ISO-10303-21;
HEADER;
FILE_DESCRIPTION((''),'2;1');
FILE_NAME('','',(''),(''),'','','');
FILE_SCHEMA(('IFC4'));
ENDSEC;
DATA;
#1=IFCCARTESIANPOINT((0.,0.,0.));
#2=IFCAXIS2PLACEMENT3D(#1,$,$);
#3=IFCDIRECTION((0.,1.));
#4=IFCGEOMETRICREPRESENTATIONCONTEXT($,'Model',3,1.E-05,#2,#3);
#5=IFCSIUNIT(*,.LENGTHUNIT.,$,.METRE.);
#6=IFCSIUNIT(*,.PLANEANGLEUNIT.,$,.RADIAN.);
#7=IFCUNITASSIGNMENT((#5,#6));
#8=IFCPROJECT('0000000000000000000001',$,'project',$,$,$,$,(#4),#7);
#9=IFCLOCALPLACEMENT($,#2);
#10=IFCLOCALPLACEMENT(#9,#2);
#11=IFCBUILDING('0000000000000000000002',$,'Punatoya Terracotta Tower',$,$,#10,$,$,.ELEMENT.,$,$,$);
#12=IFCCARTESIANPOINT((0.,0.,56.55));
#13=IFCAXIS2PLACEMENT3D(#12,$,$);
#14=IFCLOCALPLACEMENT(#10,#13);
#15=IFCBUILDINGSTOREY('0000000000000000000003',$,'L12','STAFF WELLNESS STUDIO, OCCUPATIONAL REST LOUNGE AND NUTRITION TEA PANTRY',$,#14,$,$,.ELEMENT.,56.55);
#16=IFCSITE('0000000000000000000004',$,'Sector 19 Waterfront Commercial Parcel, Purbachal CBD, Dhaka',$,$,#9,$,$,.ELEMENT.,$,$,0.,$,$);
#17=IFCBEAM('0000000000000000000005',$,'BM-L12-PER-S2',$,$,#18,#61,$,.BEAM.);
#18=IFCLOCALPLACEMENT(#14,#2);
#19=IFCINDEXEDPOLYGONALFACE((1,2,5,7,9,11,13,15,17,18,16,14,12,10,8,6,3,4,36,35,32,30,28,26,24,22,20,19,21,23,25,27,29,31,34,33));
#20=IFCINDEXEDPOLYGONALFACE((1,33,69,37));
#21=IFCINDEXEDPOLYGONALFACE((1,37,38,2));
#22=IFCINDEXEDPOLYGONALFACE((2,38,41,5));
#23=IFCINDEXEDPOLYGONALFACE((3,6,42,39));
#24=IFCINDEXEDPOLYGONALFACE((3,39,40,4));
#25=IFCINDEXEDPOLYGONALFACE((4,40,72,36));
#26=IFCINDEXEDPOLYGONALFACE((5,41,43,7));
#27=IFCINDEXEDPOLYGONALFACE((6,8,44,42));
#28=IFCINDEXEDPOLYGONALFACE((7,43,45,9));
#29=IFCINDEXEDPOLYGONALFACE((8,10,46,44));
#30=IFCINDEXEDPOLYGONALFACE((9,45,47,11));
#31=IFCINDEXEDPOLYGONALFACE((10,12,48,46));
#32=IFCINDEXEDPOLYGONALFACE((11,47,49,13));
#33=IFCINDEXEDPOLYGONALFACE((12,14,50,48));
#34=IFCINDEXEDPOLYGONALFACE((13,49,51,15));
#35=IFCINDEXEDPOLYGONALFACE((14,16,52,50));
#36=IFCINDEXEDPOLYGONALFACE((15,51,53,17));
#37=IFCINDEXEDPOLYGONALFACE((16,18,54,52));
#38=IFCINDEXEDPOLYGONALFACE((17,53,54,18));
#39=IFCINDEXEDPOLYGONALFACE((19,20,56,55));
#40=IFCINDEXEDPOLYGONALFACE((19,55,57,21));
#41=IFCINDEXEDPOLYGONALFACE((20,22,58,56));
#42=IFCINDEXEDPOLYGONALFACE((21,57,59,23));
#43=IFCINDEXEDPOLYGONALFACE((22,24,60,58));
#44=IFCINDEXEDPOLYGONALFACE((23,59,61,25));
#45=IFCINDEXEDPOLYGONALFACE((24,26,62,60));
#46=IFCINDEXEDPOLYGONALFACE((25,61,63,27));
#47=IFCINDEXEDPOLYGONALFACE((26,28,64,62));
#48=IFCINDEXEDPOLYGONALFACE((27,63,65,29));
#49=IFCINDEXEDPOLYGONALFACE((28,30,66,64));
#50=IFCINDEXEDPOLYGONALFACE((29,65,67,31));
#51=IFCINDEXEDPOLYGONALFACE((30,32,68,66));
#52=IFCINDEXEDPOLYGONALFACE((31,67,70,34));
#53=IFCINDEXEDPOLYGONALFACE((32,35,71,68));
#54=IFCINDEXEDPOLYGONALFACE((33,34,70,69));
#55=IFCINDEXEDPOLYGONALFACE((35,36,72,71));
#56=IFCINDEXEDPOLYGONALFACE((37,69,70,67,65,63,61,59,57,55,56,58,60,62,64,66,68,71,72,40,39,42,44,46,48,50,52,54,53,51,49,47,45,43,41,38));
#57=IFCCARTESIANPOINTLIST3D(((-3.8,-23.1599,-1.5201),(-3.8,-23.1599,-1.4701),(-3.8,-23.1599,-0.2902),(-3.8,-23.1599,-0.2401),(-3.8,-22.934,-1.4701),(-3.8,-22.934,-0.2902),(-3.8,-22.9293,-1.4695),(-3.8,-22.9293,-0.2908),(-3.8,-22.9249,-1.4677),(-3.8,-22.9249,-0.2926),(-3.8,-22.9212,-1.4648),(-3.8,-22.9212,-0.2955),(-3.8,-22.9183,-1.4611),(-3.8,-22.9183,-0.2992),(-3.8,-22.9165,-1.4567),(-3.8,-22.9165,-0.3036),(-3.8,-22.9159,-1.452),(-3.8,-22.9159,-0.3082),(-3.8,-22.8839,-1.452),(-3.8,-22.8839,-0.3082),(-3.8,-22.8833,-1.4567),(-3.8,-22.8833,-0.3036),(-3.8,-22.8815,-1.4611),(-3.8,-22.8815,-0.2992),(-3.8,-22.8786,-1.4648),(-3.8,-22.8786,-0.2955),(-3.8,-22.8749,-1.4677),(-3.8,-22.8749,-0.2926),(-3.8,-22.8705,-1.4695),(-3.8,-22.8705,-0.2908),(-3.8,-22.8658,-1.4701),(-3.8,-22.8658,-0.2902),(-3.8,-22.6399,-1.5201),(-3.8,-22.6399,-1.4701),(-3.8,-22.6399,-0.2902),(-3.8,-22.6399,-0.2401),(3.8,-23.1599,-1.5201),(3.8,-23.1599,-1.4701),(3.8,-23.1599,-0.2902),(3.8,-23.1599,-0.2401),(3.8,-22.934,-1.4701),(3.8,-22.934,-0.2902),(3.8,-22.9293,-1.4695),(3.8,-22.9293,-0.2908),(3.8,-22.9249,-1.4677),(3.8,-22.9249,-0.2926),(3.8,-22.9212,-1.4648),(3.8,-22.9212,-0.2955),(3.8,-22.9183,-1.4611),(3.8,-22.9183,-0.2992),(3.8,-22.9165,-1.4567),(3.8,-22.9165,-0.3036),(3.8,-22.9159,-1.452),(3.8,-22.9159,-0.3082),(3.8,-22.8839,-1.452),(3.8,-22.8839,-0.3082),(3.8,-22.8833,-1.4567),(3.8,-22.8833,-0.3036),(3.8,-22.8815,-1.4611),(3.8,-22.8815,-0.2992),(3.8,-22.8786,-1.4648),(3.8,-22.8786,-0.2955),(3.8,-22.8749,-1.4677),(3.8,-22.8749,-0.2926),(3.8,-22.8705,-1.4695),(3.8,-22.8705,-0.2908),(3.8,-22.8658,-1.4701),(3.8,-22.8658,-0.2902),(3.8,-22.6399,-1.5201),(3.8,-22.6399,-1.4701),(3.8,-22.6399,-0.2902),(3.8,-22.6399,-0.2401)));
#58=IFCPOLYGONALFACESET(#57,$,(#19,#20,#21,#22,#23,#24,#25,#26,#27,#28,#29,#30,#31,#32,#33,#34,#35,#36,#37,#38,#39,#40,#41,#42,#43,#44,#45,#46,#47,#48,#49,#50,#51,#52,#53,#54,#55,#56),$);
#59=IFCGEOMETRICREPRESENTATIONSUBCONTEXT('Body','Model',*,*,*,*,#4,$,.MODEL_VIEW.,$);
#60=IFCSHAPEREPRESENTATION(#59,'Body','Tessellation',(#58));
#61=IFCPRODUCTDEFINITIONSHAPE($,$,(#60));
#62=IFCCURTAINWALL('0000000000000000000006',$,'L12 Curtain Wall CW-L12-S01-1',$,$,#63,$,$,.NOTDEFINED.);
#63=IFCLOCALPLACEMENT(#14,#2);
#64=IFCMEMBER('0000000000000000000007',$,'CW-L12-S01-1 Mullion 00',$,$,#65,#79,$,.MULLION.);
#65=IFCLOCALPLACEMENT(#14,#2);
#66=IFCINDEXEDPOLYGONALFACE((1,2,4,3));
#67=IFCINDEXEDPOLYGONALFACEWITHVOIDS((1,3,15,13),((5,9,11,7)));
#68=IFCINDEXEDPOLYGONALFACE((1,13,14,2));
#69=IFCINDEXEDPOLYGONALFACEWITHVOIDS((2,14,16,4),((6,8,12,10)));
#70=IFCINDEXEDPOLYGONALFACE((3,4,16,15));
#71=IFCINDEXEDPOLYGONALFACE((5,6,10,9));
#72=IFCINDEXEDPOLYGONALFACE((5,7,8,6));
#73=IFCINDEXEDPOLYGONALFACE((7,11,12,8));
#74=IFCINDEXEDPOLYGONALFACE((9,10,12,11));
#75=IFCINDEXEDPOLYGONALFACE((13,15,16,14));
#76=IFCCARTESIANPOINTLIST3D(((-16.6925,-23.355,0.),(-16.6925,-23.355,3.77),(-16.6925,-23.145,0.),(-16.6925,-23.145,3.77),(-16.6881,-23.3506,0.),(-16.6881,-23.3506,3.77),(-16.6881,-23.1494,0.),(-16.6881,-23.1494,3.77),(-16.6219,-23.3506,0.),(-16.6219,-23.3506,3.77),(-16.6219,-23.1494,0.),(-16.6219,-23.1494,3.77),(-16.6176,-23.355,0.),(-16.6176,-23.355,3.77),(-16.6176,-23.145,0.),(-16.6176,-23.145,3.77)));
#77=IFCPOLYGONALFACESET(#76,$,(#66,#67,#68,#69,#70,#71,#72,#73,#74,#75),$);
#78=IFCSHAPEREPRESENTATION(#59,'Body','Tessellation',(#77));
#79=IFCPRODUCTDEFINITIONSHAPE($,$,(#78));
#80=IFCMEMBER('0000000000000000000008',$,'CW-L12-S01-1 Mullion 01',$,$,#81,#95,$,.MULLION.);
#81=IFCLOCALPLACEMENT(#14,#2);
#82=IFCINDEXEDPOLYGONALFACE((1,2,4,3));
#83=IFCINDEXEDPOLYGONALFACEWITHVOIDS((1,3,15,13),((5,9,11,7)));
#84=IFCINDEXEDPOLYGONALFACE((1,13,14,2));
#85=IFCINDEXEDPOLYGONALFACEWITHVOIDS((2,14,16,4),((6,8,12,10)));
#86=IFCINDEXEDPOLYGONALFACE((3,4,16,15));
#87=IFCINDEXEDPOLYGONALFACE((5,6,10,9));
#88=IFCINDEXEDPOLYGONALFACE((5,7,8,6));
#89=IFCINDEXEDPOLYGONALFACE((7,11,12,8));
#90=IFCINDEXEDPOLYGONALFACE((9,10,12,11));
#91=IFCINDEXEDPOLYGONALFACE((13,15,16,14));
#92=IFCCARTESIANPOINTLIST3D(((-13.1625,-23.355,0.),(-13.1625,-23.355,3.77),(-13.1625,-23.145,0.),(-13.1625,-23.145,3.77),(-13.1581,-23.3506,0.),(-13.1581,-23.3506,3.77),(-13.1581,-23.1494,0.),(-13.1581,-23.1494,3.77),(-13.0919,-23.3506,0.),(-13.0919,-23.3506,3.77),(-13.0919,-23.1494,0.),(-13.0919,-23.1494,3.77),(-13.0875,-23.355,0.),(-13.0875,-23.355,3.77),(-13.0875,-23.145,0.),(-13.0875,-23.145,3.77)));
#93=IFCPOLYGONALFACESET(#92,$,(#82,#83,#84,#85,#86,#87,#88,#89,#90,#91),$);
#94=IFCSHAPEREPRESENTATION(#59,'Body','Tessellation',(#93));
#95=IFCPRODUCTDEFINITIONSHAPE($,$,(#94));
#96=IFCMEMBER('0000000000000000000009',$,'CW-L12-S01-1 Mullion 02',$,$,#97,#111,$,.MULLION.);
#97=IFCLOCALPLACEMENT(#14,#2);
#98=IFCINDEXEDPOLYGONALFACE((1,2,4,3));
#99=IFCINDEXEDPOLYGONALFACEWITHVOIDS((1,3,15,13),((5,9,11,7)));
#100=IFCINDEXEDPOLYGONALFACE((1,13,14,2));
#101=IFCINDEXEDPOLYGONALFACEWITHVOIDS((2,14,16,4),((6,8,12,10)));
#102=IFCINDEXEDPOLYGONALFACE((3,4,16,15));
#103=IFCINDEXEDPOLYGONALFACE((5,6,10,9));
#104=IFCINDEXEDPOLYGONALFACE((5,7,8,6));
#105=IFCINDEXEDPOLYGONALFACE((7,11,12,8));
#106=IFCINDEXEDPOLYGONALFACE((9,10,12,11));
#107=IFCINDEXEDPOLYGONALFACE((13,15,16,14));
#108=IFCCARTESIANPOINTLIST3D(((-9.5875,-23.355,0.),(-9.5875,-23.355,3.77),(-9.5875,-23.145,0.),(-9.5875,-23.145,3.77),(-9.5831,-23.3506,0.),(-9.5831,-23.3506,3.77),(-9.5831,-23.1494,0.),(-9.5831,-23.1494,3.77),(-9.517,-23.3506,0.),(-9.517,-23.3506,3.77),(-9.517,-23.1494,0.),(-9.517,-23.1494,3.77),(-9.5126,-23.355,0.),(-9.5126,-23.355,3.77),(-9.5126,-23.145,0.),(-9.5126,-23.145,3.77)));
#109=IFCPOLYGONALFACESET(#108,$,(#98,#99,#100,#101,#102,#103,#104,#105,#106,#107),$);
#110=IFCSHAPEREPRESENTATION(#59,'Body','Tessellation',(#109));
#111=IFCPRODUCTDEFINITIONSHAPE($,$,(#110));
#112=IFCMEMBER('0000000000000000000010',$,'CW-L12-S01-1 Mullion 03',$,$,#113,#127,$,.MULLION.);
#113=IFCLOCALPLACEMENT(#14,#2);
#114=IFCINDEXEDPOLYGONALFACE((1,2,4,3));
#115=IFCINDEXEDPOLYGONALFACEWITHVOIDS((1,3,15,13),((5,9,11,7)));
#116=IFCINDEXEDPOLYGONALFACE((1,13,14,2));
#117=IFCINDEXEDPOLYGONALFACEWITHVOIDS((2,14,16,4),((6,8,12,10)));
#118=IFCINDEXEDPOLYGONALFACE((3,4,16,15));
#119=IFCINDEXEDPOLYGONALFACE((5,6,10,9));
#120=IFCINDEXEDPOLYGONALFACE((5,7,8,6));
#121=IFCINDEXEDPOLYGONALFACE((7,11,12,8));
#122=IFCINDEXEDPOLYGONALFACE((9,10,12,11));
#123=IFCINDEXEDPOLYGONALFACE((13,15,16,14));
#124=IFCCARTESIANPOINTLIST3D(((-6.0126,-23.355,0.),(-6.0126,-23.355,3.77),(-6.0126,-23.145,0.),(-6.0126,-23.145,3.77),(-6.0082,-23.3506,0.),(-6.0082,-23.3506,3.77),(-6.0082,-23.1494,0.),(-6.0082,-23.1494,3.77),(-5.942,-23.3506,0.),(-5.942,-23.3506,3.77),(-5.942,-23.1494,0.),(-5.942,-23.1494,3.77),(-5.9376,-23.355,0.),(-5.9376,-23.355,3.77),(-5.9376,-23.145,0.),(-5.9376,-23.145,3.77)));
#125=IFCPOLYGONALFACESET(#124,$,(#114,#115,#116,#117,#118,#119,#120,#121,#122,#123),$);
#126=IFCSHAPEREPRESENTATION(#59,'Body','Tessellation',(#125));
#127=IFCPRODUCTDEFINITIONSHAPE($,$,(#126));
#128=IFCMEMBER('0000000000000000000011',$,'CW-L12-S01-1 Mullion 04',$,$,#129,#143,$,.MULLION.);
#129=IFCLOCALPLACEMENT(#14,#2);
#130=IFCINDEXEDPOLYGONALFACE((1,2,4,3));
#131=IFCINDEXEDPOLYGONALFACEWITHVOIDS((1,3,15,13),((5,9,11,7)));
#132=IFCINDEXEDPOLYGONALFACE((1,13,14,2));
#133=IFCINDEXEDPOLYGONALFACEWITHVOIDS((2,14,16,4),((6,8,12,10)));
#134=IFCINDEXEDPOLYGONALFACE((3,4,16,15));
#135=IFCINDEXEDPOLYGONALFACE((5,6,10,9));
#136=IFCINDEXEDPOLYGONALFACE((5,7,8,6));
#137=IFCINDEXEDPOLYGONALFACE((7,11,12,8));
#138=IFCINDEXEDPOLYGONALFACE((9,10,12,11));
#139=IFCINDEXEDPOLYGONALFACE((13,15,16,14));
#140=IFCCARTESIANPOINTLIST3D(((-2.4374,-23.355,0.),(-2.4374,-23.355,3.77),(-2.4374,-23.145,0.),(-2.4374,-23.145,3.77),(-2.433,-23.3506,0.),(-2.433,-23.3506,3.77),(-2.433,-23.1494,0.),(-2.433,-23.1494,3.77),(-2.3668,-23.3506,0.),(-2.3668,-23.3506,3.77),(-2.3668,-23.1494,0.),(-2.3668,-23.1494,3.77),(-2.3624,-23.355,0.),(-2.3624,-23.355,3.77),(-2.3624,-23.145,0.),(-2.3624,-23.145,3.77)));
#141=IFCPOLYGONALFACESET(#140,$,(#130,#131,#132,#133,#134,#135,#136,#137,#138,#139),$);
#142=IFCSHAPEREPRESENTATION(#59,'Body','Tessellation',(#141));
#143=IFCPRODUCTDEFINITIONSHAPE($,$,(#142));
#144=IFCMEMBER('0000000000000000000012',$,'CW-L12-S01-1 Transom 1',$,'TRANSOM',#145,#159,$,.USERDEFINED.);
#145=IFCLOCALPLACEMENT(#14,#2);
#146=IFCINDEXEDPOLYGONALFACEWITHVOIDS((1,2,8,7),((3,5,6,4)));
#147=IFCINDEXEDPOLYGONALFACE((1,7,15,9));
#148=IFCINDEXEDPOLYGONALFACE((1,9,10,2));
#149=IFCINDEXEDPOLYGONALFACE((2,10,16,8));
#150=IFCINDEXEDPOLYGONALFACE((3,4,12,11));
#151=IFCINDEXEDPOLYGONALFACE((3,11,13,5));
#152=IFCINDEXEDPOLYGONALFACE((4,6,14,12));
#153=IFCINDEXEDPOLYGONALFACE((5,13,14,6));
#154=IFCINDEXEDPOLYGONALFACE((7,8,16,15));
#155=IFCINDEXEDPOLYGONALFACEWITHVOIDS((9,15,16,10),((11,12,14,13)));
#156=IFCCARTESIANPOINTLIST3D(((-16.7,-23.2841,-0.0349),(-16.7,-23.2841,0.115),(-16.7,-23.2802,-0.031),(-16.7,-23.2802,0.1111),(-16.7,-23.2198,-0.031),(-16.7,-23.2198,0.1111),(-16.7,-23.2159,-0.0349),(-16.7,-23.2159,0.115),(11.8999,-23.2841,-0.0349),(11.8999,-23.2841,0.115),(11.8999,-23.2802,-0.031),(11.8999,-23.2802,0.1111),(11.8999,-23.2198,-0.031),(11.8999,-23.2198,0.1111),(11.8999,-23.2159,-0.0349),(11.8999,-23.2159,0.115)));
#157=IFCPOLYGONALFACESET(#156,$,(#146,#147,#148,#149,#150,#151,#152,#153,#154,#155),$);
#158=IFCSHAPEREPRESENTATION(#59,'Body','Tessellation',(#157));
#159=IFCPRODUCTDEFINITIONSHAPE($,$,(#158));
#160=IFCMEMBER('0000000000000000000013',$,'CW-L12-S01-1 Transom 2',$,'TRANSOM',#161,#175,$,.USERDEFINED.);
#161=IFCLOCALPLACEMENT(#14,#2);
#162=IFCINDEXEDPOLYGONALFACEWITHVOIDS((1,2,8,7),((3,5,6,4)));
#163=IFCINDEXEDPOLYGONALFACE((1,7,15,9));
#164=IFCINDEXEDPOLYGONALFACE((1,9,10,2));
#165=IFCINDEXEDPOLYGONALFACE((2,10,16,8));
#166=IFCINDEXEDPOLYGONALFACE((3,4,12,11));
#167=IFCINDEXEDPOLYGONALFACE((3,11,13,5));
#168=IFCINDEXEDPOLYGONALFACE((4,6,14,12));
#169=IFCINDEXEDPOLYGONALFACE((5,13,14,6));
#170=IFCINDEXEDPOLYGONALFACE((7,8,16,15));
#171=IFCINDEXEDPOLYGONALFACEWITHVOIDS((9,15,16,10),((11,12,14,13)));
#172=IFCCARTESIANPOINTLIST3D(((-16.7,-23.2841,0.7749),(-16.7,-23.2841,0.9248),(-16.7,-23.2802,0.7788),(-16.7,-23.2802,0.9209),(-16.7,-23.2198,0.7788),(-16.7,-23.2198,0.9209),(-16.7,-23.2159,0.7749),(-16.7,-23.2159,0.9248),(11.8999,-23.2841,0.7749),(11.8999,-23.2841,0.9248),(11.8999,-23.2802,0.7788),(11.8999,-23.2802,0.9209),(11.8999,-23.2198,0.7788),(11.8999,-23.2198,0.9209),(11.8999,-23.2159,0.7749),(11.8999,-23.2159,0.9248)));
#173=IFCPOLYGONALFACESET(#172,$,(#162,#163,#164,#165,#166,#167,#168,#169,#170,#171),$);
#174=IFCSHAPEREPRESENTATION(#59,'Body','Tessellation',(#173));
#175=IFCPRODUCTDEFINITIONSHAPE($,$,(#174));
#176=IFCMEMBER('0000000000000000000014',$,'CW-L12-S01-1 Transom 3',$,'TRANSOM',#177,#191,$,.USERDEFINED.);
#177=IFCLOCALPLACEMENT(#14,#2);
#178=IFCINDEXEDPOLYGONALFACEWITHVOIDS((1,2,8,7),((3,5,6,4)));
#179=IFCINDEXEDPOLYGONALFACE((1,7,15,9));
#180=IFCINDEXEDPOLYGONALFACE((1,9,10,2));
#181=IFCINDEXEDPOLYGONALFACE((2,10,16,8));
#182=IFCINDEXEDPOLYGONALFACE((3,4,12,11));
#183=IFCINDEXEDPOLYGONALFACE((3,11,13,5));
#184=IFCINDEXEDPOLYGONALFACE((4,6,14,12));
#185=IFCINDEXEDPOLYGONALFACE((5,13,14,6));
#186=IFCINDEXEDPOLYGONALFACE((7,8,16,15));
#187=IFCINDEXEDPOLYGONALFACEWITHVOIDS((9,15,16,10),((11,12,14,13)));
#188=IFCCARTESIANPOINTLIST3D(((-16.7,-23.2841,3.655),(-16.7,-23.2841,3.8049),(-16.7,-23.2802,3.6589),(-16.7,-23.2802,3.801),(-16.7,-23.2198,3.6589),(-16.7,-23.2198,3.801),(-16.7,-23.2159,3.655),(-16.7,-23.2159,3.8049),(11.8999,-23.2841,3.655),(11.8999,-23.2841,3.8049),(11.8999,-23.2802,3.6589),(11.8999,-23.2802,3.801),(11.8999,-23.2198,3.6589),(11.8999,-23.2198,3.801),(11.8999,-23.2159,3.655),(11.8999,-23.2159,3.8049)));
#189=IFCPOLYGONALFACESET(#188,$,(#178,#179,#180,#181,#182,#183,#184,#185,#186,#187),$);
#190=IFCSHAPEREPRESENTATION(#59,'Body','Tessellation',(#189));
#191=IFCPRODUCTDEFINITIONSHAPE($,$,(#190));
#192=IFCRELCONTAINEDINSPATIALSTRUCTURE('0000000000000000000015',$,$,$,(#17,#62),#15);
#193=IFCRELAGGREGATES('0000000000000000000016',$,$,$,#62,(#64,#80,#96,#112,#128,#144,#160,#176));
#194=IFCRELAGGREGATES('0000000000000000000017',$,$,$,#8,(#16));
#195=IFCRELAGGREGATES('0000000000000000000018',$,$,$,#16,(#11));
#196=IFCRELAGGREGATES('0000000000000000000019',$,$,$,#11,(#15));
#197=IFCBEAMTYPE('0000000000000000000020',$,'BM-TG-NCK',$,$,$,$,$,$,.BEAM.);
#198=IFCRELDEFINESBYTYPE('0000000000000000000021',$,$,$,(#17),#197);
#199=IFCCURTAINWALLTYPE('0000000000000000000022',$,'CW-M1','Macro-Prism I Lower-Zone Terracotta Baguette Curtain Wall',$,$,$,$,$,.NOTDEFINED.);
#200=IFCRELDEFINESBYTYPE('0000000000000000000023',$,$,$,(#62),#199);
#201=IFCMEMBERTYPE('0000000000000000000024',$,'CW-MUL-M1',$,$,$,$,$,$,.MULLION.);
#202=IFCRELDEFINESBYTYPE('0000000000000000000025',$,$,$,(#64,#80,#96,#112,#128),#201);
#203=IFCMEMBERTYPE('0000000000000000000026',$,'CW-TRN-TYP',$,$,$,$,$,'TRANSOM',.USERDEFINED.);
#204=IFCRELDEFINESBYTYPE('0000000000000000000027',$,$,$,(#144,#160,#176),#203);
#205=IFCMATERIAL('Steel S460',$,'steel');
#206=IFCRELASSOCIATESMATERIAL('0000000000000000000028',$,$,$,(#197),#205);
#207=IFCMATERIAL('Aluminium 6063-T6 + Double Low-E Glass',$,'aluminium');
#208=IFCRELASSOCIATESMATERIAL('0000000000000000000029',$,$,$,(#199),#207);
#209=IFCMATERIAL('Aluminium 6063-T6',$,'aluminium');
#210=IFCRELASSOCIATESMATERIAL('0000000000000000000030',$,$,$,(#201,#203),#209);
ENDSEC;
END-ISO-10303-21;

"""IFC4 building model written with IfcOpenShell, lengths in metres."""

from ifc_helpers import new_model, si_unit, direction, frame, origin, origin_2d, place, context, subcontext, project, spatial, hollow_rectangle, i_section, extrude, material, material_profile, profile_set, type_object, element, aggregate, save


model = new_model("IFC4")

# Units and contexts
model_context = context("Model", 3, precision=1e-05, world=origin(), true_north=direction((0.0, 1.0)))
body_context = subcontext(model_context, "Body", "Model", "MODEL_VIEW")
ifc_project = project(units=[si_unit("LENGTHUNIT", "METRE"), si_unit("PLANEANGLEUNIT", "RADIAN")], contexts=[model_context])

# Site, building, storey
site_placement = place(None, origin())
site = spatial("IfcSite", under=ifc_project, at=site_placement, Name="Sector 19 Waterfront Commercial Parcel, Purbachal CBD, Dhaka", CompositionType="ELEMENT", RefElevation=0.0)
building_placement = place(site_placement, origin())
building = spatial("IfcBuilding", under=site, at=building_placement, Name="Punatoya Terracotta Tower", CompositionType="ELEMENT")
storey_placement = place(building_placement, frame((0.0, 0.0, 56.55)))
storey = spatial("IfcBuildingStorey", under=building, at=storey_placement, Name="L12", Description="STAFF WELLNESS STUDIO, OCCUPATIONAL REST LOUNGE AND NUTRITION TEA PANTRY", CompositionType="ELEMENT", Elevation=56.55)

# Shared definitions
ifc_material_1 = material(Name="Steel S460", Category="steel")

# Beam
ifc_material_profile_1 = material_profile(ifc_material_1, i_section(OverallWidth=0.52, OverallDepth=1.28, WebThickness=0.032, FlangeThickness=0.05, FilletRadius=0.0181, at=origin_2d()))
ifc_profile_set_1 = profile_set([ifc_material_profile_1], Name="Steel S460")
beam_type_1 = type_object("IfcBeamType", Name="BM-TG-NCK", PredefinedType="BEAM", material=ifc_profile_set_1)
beam_1_placement = place(storey_placement, frame((-3.8, -22.8999, -0.8801), z_axis=(1.0, 0.0, 0.0), x_axis=(0.0, 1.0, 0.0)))
element("IfcBeam", 1, at=beam_1_placement, inside=storey, type_object=beam_type_1, Name="BM-L12-PER-S2", PredefinedType="BEAM", context=body_context, shape_type="SweptSolid", body=[
    extrude(i_section(OverallWidth=0.52, OverallDepth=1.28, WebThickness=0.032, FlangeThickness=0.05, FilletRadius=0.0181, at=origin_2d()), origin(), (0.0, 0.0, 1.0), 7.6001),
])

# Curtain wall, members
ifc_material_2 = material(Name="Aluminium 6063-T6 + Double Low-E Glass", Category="aluminium")
curtain_wall_type = type_object("IfcCurtainWallType", Name="CW-M1", Description="Macro-Prism I Lower-Zone Terracotta Baguette Curtain Wall", PredefinedType="NOTDEFINED", material=ifc_material_2)
curtain_wall_placement = place(storey_placement, origin())
curtain_wall = element("IfcCurtainWall", 2, at=curtain_wall_placement, inside=storey, type_object=curtain_wall_type, Name="L12 Curtain Wall CW-L12-S01-1", PredefinedType="NOTDEFINED")
ifc_material_3 = material(Name="Aluminium 6063-T6", Category="aluminium")
ifc_material_profile_2 = material_profile(ifc_material_3, hollow_rectangle(XDim=0.075, YDim=0.21, WallThickness=0.0044, at=origin_2d()))
ifc_profile_set_2 = profile_set([ifc_material_profile_2], Name="Aluminium 6063-T6")
member_type_1 = type_object("IfcMemberType", Name="CW-MUL-M1", PredefinedType="MULLION", material=ifc_profile_set_2)
member_1_placement = place(storey_placement, frame((-16.655, -23.25, 0.0), z_axis=(0.0, 0.0, 1.0), x_axis=(1.0, 0.0, 0.0)))
member_1 = element("IfcMember", 3, at=member_1_placement, type_object=member_type_1, Name="CW-L12-S01-1 Mullion 00", PredefinedType="MULLION", context=body_context, shape_type="SweptSolid", body=[
    extrude(hollow_rectangle(XDim=0.075, YDim=0.21, WallThickness=0.0044, at=origin_2d()), origin(), (0.0, 0.0, 1.0), 3.77),
])
member_2_placement = place(storey_placement, frame((-13.125, -23.25, 0.0), z_axis=(0.0, 0.0, 1.0), x_axis=(1.0, 0.0, 0.0)))
member_2 = element("IfcMember", 4, at=member_2_placement, type_object=member_type_1, Name="CW-L12-S01-1 Mullion 01", PredefinedType="MULLION", context=body_context, shape_type="SweptSolid", body=[
    extrude(hollow_rectangle(XDim=0.075, YDim=0.21, WallThickness=0.0044, at=origin_2d()), origin(), (0.0, 0.0, 1.0), 3.77),
])
member_3_placement = place(storey_placement, frame((-9.55, -23.25, 0.0), z_axis=(0.0, 0.0, 1.0), x_axis=(1.0, 0.0, 0.0)))
member_3 = element("IfcMember", 5, at=member_3_placement, type_object=member_type_1, Name="CW-L12-S01-1 Mullion 02", PredefinedType="MULLION", context=body_context, shape_type="SweptSolid", body=[
    extrude(hollow_rectangle(XDim=0.075, YDim=0.21, WallThickness=0.0044, at=origin_2d()), origin(), (0.0, 0.0, 1.0), 3.77),
])
member_4_placement = place(storey_placement, frame((-5.9751, -23.25, 0.0), z_axis=(0.0, 0.0, 1.0), x_axis=(1.0, 0.0, 0.0)))
member_4 = element("IfcMember", 6, at=member_4_placement, type_object=member_type_1, Name="CW-L12-S01-1 Mullion 03", PredefinedType="MULLION", context=body_context, shape_type="SweptSolid", body=[
    extrude(hollow_rectangle(XDim=0.075, YDim=0.21, WallThickness=0.0044, at=origin_2d()), origin(), (0.0, 0.0, 1.0), 3.77),
])
member_5_placement = place(storey_placement, frame((-2.3999, -23.25, 0.0), z_axis=(0.0, 0.0, 1.0), x_axis=(1.0, 0.0, 0.0)))
member_5 = element("IfcMember", 7, at=member_5_placement, type_object=member_type_1, Name="CW-L12-S01-1 Mullion 04", PredefinedType="MULLION", context=body_context, shape_type="SweptSolid", body=[
    extrude(hollow_rectangle(XDim=0.075, YDim=0.21, WallThickness=0.0044, at=origin_2d()), origin(), (0.0, 0.0, 1.0), 3.77),
])
ifc_material_profile_3 = material_profile(ifc_material_3, hollow_rectangle(XDim=0.0681, YDim=0.1499, WallThickness=0.0039, at=origin_2d()))
ifc_profile_set_3 = profile_set([ifc_material_profile_3], Name="Aluminium 6063-T6")
member_type_2 = type_object("IfcMemberType", Name="CW-TRN-TYP", ElementType="TRANSOM", PredefinedType="USERDEFINED", material=ifc_profile_set_3)
member_6_placement = place(storey_placement, frame((-16.7, -23.25, 0.04), z_axis=(1.0, 0.0, 0.0), x_axis=(0.0, 1.0, 0.0)))
member_6 = element("IfcMember", 8, at=member_6_placement, type_object=member_type_2, Name="CW-L12-S01-1 Transom 1", ObjectType="TRANSOM", PredefinedType="USERDEFINED", context=body_context, shape_type="SweptSolid", body=[
    extrude(hollow_rectangle(XDim=0.0681, YDim=0.1499, WallThickness=0.0039, at=origin_2d()), origin(), (0.0, 0.0, 1.0), 28.5999),
])
member_7_placement = place(storey_placement, frame((-16.7, -23.25, 0.8499), z_axis=(1.0, 0.0, 0.0), x_axis=(0.0, 1.0, 0.0)))
member_7 = element("IfcMember", 9, at=member_7_placement, type_object=member_type_2, Name="CW-L12-S01-1 Transom 2", ObjectType="TRANSOM", PredefinedType="USERDEFINED", context=body_context, shape_type="SweptSolid", body=[
    extrude(hollow_rectangle(XDim=0.0681, YDim=0.1499, WallThickness=0.0039, at=origin_2d()), origin(), (0.0, 0.0, 1.0), 28.5999),
])
member_8_placement = place(storey_placement, frame((-16.7, -23.25, 3.73), z_axis=(1.0, 0.0, 0.0), x_axis=(0.0, 1.0, 0.0)))
member_8 = element("IfcMember", 10, at=member_8_placement, type_object=member_type_2, Name="CW-L12-S01-1 Transom 3", ObjectType="TRANSOM", PredefinedType="USERDEFINED", context=body_context, shape_type="SweptSolid", body=[
    extrude(hollow_rectangle(XDim=0.0681, YDim=0.1499, WallThickness=0.0039, at=origin_2d()), origin(), (0.0, 0.0, 1.0), 28.5999),
])
aggregate(curtain_wall, [member_1, member_2, member_3, member_4, member_5, member_6, member_7, member_8])

save(model, "model.ifc")
